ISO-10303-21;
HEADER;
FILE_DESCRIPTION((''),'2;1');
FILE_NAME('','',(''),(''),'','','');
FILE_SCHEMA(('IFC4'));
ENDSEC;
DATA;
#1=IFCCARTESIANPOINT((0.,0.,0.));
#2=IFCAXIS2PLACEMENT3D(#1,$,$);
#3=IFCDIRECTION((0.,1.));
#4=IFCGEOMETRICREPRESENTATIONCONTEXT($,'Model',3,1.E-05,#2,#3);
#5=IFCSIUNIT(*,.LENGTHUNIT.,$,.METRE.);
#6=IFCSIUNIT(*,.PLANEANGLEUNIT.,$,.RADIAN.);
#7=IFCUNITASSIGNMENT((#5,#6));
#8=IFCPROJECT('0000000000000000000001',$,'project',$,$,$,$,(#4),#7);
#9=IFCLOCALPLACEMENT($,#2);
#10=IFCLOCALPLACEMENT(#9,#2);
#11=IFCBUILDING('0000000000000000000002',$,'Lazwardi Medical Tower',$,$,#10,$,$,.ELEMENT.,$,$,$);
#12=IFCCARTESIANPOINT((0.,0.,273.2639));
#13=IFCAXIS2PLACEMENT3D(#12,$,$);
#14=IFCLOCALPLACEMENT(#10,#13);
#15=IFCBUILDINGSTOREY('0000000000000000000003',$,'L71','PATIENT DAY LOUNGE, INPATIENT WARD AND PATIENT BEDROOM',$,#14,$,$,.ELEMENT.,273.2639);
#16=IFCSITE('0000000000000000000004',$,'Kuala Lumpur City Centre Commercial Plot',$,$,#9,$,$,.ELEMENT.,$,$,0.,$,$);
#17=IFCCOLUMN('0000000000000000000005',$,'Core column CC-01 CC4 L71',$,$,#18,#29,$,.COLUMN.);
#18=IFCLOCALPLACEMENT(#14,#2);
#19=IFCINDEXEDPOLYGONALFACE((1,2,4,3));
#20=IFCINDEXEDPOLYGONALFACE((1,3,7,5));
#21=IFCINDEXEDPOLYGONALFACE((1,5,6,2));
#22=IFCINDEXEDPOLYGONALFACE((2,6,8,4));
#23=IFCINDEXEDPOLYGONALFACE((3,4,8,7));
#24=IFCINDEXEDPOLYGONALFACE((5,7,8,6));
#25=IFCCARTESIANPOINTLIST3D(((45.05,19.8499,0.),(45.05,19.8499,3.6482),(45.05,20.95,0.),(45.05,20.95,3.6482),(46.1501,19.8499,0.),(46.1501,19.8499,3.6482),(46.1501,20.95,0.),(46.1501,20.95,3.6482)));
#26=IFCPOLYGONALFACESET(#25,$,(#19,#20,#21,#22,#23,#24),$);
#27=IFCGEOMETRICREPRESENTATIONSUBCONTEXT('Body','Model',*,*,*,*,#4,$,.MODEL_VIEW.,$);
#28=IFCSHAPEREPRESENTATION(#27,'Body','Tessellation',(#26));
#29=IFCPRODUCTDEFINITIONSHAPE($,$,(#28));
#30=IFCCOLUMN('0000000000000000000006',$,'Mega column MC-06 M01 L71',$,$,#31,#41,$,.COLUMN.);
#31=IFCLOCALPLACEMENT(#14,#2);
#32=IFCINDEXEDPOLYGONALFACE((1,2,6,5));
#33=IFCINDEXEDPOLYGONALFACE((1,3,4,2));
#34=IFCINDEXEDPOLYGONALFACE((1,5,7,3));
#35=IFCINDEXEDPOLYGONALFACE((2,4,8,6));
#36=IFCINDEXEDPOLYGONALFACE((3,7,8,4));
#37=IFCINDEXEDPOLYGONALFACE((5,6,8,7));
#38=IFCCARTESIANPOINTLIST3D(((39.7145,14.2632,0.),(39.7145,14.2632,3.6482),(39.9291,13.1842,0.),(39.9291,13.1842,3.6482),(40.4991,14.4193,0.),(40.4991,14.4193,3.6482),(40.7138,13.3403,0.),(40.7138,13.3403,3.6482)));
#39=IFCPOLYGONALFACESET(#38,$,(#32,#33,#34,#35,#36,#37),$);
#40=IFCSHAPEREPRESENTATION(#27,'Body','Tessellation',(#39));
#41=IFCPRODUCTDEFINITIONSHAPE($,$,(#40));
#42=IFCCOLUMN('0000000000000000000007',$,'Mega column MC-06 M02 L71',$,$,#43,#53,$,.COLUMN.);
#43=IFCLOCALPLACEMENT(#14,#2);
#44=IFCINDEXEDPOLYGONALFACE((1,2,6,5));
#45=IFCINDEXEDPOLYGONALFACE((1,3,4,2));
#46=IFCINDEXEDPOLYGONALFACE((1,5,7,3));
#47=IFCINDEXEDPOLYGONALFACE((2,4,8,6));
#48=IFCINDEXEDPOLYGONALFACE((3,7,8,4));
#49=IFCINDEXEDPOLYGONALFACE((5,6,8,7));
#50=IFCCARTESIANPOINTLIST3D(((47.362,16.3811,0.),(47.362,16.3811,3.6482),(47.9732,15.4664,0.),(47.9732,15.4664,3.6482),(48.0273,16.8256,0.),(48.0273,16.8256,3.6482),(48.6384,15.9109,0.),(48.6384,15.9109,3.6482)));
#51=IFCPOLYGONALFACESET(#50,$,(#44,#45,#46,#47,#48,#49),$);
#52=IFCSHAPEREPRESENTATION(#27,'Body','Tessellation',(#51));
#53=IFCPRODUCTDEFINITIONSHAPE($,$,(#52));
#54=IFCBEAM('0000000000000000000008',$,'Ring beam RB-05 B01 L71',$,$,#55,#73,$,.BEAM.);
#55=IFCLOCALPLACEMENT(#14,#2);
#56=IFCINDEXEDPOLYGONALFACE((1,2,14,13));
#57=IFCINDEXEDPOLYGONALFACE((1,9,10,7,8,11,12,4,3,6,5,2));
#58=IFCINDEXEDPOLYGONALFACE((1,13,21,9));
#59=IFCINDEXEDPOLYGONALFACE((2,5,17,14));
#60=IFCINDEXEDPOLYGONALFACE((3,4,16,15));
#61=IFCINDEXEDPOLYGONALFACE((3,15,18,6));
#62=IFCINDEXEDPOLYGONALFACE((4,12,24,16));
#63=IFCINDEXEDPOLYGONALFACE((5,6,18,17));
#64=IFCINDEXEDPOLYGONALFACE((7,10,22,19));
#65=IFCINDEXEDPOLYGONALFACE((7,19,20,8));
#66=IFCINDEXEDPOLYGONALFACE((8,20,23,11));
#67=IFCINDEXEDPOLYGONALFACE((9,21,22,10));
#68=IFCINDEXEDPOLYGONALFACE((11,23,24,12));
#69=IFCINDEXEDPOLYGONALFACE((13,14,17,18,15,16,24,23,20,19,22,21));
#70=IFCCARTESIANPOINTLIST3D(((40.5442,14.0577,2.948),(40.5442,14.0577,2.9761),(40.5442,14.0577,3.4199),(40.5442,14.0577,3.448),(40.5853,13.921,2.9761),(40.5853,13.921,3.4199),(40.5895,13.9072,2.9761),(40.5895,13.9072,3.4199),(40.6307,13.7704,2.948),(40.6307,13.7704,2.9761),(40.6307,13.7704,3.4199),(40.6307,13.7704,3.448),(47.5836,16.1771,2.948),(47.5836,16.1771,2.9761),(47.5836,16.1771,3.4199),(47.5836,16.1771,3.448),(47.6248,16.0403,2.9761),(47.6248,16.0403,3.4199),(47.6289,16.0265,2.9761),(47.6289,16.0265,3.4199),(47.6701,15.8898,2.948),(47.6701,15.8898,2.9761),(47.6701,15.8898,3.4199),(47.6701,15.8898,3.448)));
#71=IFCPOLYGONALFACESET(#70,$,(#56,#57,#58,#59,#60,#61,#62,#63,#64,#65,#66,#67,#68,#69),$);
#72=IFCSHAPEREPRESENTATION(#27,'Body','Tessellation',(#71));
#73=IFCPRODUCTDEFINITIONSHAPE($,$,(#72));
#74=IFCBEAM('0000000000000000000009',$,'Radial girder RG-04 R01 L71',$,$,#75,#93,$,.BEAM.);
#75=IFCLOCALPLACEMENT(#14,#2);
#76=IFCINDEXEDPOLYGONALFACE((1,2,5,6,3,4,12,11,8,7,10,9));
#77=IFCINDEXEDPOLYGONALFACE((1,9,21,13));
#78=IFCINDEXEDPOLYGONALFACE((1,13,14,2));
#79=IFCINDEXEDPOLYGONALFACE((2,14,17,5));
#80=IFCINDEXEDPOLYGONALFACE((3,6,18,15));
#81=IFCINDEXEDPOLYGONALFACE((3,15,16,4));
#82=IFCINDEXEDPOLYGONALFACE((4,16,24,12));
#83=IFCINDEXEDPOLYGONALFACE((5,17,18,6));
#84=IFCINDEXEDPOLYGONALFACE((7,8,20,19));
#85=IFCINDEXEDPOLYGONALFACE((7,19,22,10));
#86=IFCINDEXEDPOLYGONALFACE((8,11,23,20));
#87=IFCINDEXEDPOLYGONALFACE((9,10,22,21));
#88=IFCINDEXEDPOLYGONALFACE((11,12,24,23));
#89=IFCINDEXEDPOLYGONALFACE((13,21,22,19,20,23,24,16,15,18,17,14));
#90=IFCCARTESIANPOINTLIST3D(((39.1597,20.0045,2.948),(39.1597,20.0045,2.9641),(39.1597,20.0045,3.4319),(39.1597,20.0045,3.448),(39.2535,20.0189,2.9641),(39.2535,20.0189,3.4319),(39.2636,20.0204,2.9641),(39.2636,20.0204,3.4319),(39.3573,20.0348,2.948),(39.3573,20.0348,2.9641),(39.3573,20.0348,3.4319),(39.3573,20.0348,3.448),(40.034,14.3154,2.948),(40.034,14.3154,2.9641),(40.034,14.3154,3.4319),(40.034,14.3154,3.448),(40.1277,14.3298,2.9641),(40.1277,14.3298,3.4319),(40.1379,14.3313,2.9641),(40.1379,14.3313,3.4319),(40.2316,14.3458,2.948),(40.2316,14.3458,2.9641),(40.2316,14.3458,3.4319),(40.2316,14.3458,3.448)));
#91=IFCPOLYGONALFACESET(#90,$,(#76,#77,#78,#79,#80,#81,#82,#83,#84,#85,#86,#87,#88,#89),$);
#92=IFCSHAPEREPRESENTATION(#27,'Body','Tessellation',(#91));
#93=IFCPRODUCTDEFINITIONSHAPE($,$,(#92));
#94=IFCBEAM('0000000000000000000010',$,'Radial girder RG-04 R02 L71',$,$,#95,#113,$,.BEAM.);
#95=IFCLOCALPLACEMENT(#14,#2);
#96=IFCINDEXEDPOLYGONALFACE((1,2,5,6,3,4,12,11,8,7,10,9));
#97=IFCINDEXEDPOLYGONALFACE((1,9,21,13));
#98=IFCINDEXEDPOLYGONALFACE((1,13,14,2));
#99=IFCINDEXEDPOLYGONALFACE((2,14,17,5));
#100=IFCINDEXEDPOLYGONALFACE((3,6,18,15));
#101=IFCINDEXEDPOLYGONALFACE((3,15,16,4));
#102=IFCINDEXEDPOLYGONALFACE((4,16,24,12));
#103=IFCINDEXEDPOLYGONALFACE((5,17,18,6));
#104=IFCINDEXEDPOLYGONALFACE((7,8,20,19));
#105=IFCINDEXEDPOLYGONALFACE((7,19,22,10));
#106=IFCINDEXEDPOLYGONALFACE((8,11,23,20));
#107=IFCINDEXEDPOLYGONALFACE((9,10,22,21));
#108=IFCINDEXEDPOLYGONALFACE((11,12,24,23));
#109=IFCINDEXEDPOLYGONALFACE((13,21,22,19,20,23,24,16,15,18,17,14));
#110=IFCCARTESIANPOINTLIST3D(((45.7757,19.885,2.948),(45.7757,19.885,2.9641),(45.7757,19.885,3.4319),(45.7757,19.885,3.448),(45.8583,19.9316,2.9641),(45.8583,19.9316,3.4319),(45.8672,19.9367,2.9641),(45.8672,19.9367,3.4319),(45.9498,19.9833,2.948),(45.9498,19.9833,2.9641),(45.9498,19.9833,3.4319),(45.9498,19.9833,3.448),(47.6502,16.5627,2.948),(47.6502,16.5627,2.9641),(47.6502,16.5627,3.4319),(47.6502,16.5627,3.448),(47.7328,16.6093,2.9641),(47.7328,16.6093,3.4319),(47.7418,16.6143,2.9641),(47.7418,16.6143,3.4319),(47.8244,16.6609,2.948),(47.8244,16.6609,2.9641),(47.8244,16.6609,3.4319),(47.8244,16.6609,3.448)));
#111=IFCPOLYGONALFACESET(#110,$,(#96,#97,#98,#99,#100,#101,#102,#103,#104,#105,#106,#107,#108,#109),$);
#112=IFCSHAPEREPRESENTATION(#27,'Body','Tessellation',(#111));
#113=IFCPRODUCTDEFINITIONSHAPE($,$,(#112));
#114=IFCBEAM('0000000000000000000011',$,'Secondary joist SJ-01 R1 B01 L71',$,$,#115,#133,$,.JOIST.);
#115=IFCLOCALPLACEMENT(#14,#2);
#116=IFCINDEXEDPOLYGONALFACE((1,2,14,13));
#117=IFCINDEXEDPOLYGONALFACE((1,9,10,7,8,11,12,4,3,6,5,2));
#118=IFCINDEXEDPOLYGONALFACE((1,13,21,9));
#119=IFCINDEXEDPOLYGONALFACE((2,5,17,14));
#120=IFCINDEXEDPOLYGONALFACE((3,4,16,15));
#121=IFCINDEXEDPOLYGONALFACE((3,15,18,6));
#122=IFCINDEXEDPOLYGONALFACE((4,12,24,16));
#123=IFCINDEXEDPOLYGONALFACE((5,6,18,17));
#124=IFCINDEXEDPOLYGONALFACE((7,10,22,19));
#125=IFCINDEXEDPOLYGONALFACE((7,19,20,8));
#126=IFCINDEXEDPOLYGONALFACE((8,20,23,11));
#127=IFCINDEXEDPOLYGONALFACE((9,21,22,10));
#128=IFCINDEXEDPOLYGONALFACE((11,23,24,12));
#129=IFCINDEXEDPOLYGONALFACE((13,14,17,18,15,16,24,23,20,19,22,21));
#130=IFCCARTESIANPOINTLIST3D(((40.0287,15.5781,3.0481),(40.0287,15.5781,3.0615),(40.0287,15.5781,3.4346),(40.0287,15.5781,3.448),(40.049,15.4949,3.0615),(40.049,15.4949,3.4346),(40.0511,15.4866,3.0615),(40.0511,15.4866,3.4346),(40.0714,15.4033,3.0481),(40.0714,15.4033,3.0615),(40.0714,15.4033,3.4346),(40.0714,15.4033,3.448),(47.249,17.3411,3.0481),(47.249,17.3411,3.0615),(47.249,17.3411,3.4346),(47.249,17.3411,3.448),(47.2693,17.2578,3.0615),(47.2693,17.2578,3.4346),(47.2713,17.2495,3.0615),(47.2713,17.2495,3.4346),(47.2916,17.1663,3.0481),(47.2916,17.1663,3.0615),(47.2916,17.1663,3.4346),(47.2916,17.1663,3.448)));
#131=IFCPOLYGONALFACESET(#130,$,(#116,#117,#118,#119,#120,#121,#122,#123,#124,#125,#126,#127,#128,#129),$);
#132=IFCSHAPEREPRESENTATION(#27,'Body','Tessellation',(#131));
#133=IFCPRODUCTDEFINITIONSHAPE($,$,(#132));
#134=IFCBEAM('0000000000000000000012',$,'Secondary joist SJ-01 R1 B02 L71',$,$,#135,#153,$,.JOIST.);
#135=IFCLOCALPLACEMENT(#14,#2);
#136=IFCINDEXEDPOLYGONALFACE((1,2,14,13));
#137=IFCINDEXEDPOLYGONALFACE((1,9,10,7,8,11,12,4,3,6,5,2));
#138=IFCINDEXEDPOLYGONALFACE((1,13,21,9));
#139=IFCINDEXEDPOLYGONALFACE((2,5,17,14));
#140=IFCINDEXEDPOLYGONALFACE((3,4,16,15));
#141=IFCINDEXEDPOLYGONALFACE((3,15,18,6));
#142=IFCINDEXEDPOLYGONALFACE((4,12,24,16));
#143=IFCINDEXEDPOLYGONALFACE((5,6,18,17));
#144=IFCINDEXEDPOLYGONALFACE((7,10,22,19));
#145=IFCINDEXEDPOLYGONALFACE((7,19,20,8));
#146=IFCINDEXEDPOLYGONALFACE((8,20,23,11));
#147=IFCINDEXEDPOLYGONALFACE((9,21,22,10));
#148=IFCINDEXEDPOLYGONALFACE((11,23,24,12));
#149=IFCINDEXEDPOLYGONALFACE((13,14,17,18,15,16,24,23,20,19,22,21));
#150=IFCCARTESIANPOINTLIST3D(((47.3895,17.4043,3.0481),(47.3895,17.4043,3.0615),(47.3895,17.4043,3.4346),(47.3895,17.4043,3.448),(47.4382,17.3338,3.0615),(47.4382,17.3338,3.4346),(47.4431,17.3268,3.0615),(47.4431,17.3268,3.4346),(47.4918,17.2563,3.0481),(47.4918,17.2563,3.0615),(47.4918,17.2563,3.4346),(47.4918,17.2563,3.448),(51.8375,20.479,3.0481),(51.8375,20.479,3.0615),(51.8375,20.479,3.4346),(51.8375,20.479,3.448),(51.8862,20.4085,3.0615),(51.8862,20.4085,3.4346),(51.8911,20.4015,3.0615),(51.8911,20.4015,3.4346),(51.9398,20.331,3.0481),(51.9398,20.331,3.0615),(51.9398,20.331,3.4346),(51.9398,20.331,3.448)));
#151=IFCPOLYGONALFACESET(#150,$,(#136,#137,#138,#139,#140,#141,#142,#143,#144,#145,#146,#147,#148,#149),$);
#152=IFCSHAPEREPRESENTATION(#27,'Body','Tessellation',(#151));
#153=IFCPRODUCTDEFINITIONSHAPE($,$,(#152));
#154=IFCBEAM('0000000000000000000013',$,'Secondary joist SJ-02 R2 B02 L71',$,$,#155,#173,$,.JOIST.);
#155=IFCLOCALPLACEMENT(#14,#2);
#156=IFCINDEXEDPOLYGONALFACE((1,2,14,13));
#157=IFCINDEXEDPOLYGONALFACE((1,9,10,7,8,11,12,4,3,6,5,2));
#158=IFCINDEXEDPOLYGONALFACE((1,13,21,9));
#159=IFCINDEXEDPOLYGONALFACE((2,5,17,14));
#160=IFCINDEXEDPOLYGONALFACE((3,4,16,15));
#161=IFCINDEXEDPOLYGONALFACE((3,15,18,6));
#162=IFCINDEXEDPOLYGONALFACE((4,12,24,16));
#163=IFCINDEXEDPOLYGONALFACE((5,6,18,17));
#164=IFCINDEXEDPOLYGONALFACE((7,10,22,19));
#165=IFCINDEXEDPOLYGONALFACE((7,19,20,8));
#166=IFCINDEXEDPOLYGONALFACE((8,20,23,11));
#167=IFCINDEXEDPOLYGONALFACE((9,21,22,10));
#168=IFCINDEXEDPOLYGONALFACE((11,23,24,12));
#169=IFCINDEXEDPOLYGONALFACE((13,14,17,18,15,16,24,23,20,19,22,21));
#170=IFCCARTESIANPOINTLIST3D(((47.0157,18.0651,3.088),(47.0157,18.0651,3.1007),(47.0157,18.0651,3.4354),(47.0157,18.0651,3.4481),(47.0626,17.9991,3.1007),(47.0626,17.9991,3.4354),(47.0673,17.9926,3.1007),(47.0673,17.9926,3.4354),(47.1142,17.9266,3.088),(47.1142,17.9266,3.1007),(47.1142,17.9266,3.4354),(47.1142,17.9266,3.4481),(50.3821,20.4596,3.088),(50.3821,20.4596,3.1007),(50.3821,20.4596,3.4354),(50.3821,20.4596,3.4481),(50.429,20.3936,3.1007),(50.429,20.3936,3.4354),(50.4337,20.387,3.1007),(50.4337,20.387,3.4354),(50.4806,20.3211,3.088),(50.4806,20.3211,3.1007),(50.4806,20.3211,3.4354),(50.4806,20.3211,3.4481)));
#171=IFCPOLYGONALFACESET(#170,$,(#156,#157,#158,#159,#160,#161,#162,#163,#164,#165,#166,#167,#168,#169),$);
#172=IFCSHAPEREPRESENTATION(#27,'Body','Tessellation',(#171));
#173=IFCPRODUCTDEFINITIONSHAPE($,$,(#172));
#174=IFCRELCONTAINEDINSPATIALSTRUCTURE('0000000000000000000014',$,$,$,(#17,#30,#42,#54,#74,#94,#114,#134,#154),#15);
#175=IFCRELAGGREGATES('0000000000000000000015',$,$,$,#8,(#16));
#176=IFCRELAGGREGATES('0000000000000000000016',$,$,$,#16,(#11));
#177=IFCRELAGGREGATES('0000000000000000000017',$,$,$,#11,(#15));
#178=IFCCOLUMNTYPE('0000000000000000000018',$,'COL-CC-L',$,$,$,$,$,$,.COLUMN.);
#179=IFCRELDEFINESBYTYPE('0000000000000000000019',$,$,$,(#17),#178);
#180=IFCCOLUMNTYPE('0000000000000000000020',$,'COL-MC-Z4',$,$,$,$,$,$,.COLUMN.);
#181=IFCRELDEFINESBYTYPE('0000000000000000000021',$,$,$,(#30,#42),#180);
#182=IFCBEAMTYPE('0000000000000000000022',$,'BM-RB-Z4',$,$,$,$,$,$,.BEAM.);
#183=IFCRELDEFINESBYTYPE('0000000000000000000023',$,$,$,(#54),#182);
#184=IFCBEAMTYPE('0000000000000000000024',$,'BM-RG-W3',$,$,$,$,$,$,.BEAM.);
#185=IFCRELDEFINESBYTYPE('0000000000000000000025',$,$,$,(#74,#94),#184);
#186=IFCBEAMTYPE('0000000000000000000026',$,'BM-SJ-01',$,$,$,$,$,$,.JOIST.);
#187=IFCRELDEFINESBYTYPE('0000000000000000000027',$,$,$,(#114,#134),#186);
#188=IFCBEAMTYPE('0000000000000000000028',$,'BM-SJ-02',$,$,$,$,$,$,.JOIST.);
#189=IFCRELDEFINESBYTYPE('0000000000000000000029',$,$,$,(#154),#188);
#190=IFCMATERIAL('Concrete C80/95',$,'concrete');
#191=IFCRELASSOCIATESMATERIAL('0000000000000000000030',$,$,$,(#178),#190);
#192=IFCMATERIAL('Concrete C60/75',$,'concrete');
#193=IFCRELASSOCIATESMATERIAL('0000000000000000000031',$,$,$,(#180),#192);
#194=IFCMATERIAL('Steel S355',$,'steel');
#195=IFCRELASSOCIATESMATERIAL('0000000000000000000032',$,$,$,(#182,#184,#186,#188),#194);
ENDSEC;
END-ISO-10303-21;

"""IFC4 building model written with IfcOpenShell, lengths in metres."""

from ifc_helpers import new_model, si_unit, direction, frame, origin, origin_2d, place, context, subcontext, project, spatial, rectangle, i_section, extrude, material, material_profile, profile_set, type_object, element, save


model = new_model("IFC4")

# Units and contexts
model_context = context("Model", 3, precision=1e-05, world=origin(), true_north=direction((0.0, 1.0)))
body_context = subcontext(model_context, "Body", "Model", "MODEL_VIEW")
ifc_project = project(units=[si_unit("LENGTHUNIT", "METRE"), si_unit("PLANEANGLEUNIT", "RADIAN")], contexts=[model_context])

# Site, building, storey
site_placement = place(None, origin())
site = spatial("IfcSite", under=ifc_project, at=site_placement, Name="Kuala Lumpur City Centre Commercial Plot", CompositionType="ELEMENT", RefElevation=0.0)
building_placement = place(site_placement, origin())
building = spatial("IfcBuilding", under=site, at=building_placement, Name="Lazwardi Medical Tower", CompositionType="ELEMENT")
storey_placement = place(building_placement, frame((0.0, 0.0, 273.2639)))
storey = spatial("IfcBuildingStorey", under=building, at=storey_placement, Name="L71", Description="PATIENT DAY LOUNGE, INPATIENT WARD AND PATIENT BEDROOM", CompositionType="ELEMENT", Elevation=273.2639)

# Columns
ifc_material_1 = material(Name="Concrete C80/95", Category="concrete")
ifc_material_profile_1 = material_profile(ifc_material_1, rectangle(XDim=1.1001, YDim=1.1001, at=origin_2d()), Name="RC 1100x1100")
ifc_profile_set_1 = profile_set([ifc_material_profile_1], Name="Concrete C80/95")
column_type_1 = type_object("IfcColumnType", Name="COL-CC-L", PredefinedType="COLUMN", material=ifc_profile_set_1)
column_placement = place(storey_placement, frame((45.6001, 20.3999, 0.0), z_axis=(0.0, 0.0, 1.0), x_axis=(1.0, 0.0, 0.0)))
element("IfcColumn", 1, at=column_placement, inside=storey, type_object=column_type_1, Name="Core column CC-01 CC4 L71", PredefinedType="COLUMN", context=body_context, shape_type="SweptSolid", body=[
    extrude(rectangle(XDim=1.1001, YDim=1.1001, at=origin_2d()), origin(), (0.0, 0.0, 1.0), 3.6482),
])
ifc_material_2 = material(Name="Concrete C60/75", Category="concrete")
ifc_material_profile_2 = material_profile(ifc_material_2, rectangle(XDim=1.1001, YDim=0.8, at=origin_2d()), Name="CFT-RECT 1100x800")
ifc_profile_set_2 = profile_set([ifc_material_profile_2], Name="Concrete C60/75")
column_type_2 = type_object("IfcColumnType", Name="COL-MC-Z4", PredefinedType="COLUMN", material=ifc_profile_set_2)
for number, where, z_axis, x_axis, name in (
    (2, (40.2141, 13.8018, 0.0), (0.0, 0.0, 1.0), (0.19509, -0.980785, 0.0), "Mega column MC-06 M01 L71"),
    (3, (48.0002, 16.146, 0.0), (0.0, 0.0, 1.0), (0.55557, -0.83147, 0.0), "Mega column MC-06 M02 L71"),
):
    element("IfcColumn", number, at=place(storey_placement, frame(where, z_axis=z_axis, x_axis=x_axis)), inside=storey, type_object=column_type_2, Name=name, PredefinedType="COLUMN", context=body_context, shape_type="SweptSolid", body=[
        extrude(rectangle(XDim=1.1001, YDim=0.8, at=origin_2d()), origin(), (0.0, 0.0, 1.0), 3.6482),
    ])

# Beams
ifc_material_3 = material(Name="Steel S355", Category="steel")
ifc_material_profile_3 = material_profile(ifc_material_3, i_section(OverallWidth=0.3, OverallDepth=0.5, WebThickness=0.0144, FlangeThickness=0.0281, at=origin_2d()), Name="HEB 500")
ifc_profile_set_3 = profile_set([ifc_material_profile_3], Name="Steel S355")
beam_type_1 = type_object("IfcBeamType", Name="BM-RB-Z4", PredefinedType="BEAM", material=ifc_profile_set_3)
beam_1_placement = place(storey_placement, frame((40.5874, 13.9141, 3.198), z_axis=(0.957544, 0.288286, 0.0), x_axis=(-0.288286, 0.957544, 0.0)))
element("IfcBeam", 4, at=beam_1_placement, inside=storey, type_object=beam_type_1, Name="Ring beam RB-05 B01 L71", PredefinedType="BEAM", context=body_context, shape_type="SweptSolid", body=[
    extrude(i_section(OverallWidth=0.3, OverallDepth=0.5, WebThickness=0.0144, FlangeThickness=0.0281, at=origin_2d()), origin(), (0.0, 0.0, 1.0), 7.3516),
])
ifc_material_profile_4 = material_profile(ifc_material_3, i_section(OverallWidth=0.2, OverallDepth=0.5, WebThickness=0.0103, FlangeThickness=0.0161, at=origin_2d()), Name="IPE 500")
ifc_profile_set_4 = profile_set([ifc_material_profile_4], Name="Steel S355")
beam_type_2 = type_object("IfcBeamType", Name="BM-RG-W3", PredefinedType="BEAM", material=ifc_profile_set_4)
beam_2_placement = place(storey_placement, frame((40.1328, 14.3306, 3.198), z_axis=(-0.151895, 0.988397, 0.0), x_axis=(-0.988397, -0.151895, 0.0)))
element("IfcBeam", 5, at=beam_2_placement, inside=storey, type_object=beam_type_2, Name="Radial girder RG-04 R01 L71", PredefinedType="BEAM", context=body_context, shape_type="SweptSolid", body=[
    extrude(i_section(OverallWidth=0.2, OverallDepth=0.5, WebThickness=0.0103, FlangeThickness=0.0161, at=origin_2d()), origin(), (0.0, 0.0, 1.0), 5.7559),
])
beam_3_placement = place(storey_placement, frame((47.7373, 16.6118, 3.198), z_axis=(-0.491403, 0.870932, 0.0), x_axis=(-0.870932, -0.491403, 0.0)))
element("IfcBeam", 6, at=beam_3_placement, inside=storey, type_object=beam_type_2, Name="Radial girder RG-04 R02 L71", PredefinedType="BEAM", context=body_context, shape_type="SweptSolid", body=[
    extrude(i_section(OverallWidth=0.2, OverallDepth=0.5, WebThickness=0.0103, FlangeThickness=0.0161, at=origin_2d()), origin(), (0.0, 0.0, 1.0), 3.8147),
])
ifc_material_profile_5 = material_profile(ifc_material_3, i_section(OverallWidth=0.1799, OverallDepth=0.3999, WebThickness=0.0085, FlangeThickness=0.0134, at=origin_2d()), Name="IPE 400")
ifc_profile_set_5 = profile_set([ifc_material_profile_5], Name="Steel S355")
beam_type_3 = type_object("IfcBeamType", Name="BM-SJ-01", PredefinedType="JOIST", material=ifc_profile_set_5)
beam_4_placement = place(storey_placement, frame((40.05, 15.4907, 3.248), z_axis=(0.971461, 0.237199, 0.0), x_axis=(-0.237199, 0.971461, 0.0)))
element("IfcBeam", 7, at=beam_4_placement, inside=storey, type_object=beam_type_3, Name="Secondary joist SJ-01 R1 B01 L71", PredefinedType="JOIST", context=body_context, shape_type="SweptSolid", body=[
    extrude(i_section(OverallWidth=0.1799, OverallDepth=0.3999, WebThickness=0.0085, FlangeThickness=0.0134, at=origin_2d()), origin(), (0.0, 0.0, 1.0), 7.4324),
])
beam_5_placement = place(storey_placement, frame((47.4407, 17.3303, 3.248), z_axis=(0.822597, 0.568625, 0.0), x_axis=(-0.568625, 0.822597, 0.0)))
element("IfcBeam", 8, at=beam_5_placement, inside=storey, type_object=beam_type_3, Name="Secondary joist SJ-01 R1 B02 L71", PredefinedType="JOIST", context=body_context, shape_type="SweptSolid", body=[
    extrude(i_section(OverallWidth=0.1799, OverallDepth=0.3999, WebThickness=0.0085, FlangeThickness=0.0134, at=origin_2d()), origin(), (0.0, 0.0, 1.0), 5.4072),
])
ifc_material_profile_6 = material_profile(ifc_material_3, i_section(OverallWidth=0.1699, OverallDepth=0.3601, WebThickness=0.0081, FlangeThickness=0.0127, at=origin_2d()), Name="IPE 360")
ifc_profile_set_6 = profile_set([ifc_material_profile_6], Name="Steel S355")
beam_type_4 = type_object("IfcBeamType", Name="BM-SJ-02", PredefinedType="JOIST", material=ifc_profile_set_6)
beam_6_placement = place(storey_placement, frame((47.0649, 17.9958, 3.2681), z_axis=(0.814886, 0.579621, 0.0), x_axis=(-0.579621, 0.814886, 0.0)))
element("IfcBeam", 9, at=beam_6_placement, inside=storey, type_object=beam_type_4, Name="Secondary joist SJ-02 R2 B02 L71", PredefinedType="JOIST", context=body_context, shape_type="SweptSolid", body=[
    extrude(i_section(OverallWidth=0.1699, OverallDepth=0.3601, WebThickness=0.0081, FlangeThickness=0.0127, at=origin_2d()), origin(), (0.0, 0.0, 1.0), 4.1311),
])

save(model, "model.ifc")
